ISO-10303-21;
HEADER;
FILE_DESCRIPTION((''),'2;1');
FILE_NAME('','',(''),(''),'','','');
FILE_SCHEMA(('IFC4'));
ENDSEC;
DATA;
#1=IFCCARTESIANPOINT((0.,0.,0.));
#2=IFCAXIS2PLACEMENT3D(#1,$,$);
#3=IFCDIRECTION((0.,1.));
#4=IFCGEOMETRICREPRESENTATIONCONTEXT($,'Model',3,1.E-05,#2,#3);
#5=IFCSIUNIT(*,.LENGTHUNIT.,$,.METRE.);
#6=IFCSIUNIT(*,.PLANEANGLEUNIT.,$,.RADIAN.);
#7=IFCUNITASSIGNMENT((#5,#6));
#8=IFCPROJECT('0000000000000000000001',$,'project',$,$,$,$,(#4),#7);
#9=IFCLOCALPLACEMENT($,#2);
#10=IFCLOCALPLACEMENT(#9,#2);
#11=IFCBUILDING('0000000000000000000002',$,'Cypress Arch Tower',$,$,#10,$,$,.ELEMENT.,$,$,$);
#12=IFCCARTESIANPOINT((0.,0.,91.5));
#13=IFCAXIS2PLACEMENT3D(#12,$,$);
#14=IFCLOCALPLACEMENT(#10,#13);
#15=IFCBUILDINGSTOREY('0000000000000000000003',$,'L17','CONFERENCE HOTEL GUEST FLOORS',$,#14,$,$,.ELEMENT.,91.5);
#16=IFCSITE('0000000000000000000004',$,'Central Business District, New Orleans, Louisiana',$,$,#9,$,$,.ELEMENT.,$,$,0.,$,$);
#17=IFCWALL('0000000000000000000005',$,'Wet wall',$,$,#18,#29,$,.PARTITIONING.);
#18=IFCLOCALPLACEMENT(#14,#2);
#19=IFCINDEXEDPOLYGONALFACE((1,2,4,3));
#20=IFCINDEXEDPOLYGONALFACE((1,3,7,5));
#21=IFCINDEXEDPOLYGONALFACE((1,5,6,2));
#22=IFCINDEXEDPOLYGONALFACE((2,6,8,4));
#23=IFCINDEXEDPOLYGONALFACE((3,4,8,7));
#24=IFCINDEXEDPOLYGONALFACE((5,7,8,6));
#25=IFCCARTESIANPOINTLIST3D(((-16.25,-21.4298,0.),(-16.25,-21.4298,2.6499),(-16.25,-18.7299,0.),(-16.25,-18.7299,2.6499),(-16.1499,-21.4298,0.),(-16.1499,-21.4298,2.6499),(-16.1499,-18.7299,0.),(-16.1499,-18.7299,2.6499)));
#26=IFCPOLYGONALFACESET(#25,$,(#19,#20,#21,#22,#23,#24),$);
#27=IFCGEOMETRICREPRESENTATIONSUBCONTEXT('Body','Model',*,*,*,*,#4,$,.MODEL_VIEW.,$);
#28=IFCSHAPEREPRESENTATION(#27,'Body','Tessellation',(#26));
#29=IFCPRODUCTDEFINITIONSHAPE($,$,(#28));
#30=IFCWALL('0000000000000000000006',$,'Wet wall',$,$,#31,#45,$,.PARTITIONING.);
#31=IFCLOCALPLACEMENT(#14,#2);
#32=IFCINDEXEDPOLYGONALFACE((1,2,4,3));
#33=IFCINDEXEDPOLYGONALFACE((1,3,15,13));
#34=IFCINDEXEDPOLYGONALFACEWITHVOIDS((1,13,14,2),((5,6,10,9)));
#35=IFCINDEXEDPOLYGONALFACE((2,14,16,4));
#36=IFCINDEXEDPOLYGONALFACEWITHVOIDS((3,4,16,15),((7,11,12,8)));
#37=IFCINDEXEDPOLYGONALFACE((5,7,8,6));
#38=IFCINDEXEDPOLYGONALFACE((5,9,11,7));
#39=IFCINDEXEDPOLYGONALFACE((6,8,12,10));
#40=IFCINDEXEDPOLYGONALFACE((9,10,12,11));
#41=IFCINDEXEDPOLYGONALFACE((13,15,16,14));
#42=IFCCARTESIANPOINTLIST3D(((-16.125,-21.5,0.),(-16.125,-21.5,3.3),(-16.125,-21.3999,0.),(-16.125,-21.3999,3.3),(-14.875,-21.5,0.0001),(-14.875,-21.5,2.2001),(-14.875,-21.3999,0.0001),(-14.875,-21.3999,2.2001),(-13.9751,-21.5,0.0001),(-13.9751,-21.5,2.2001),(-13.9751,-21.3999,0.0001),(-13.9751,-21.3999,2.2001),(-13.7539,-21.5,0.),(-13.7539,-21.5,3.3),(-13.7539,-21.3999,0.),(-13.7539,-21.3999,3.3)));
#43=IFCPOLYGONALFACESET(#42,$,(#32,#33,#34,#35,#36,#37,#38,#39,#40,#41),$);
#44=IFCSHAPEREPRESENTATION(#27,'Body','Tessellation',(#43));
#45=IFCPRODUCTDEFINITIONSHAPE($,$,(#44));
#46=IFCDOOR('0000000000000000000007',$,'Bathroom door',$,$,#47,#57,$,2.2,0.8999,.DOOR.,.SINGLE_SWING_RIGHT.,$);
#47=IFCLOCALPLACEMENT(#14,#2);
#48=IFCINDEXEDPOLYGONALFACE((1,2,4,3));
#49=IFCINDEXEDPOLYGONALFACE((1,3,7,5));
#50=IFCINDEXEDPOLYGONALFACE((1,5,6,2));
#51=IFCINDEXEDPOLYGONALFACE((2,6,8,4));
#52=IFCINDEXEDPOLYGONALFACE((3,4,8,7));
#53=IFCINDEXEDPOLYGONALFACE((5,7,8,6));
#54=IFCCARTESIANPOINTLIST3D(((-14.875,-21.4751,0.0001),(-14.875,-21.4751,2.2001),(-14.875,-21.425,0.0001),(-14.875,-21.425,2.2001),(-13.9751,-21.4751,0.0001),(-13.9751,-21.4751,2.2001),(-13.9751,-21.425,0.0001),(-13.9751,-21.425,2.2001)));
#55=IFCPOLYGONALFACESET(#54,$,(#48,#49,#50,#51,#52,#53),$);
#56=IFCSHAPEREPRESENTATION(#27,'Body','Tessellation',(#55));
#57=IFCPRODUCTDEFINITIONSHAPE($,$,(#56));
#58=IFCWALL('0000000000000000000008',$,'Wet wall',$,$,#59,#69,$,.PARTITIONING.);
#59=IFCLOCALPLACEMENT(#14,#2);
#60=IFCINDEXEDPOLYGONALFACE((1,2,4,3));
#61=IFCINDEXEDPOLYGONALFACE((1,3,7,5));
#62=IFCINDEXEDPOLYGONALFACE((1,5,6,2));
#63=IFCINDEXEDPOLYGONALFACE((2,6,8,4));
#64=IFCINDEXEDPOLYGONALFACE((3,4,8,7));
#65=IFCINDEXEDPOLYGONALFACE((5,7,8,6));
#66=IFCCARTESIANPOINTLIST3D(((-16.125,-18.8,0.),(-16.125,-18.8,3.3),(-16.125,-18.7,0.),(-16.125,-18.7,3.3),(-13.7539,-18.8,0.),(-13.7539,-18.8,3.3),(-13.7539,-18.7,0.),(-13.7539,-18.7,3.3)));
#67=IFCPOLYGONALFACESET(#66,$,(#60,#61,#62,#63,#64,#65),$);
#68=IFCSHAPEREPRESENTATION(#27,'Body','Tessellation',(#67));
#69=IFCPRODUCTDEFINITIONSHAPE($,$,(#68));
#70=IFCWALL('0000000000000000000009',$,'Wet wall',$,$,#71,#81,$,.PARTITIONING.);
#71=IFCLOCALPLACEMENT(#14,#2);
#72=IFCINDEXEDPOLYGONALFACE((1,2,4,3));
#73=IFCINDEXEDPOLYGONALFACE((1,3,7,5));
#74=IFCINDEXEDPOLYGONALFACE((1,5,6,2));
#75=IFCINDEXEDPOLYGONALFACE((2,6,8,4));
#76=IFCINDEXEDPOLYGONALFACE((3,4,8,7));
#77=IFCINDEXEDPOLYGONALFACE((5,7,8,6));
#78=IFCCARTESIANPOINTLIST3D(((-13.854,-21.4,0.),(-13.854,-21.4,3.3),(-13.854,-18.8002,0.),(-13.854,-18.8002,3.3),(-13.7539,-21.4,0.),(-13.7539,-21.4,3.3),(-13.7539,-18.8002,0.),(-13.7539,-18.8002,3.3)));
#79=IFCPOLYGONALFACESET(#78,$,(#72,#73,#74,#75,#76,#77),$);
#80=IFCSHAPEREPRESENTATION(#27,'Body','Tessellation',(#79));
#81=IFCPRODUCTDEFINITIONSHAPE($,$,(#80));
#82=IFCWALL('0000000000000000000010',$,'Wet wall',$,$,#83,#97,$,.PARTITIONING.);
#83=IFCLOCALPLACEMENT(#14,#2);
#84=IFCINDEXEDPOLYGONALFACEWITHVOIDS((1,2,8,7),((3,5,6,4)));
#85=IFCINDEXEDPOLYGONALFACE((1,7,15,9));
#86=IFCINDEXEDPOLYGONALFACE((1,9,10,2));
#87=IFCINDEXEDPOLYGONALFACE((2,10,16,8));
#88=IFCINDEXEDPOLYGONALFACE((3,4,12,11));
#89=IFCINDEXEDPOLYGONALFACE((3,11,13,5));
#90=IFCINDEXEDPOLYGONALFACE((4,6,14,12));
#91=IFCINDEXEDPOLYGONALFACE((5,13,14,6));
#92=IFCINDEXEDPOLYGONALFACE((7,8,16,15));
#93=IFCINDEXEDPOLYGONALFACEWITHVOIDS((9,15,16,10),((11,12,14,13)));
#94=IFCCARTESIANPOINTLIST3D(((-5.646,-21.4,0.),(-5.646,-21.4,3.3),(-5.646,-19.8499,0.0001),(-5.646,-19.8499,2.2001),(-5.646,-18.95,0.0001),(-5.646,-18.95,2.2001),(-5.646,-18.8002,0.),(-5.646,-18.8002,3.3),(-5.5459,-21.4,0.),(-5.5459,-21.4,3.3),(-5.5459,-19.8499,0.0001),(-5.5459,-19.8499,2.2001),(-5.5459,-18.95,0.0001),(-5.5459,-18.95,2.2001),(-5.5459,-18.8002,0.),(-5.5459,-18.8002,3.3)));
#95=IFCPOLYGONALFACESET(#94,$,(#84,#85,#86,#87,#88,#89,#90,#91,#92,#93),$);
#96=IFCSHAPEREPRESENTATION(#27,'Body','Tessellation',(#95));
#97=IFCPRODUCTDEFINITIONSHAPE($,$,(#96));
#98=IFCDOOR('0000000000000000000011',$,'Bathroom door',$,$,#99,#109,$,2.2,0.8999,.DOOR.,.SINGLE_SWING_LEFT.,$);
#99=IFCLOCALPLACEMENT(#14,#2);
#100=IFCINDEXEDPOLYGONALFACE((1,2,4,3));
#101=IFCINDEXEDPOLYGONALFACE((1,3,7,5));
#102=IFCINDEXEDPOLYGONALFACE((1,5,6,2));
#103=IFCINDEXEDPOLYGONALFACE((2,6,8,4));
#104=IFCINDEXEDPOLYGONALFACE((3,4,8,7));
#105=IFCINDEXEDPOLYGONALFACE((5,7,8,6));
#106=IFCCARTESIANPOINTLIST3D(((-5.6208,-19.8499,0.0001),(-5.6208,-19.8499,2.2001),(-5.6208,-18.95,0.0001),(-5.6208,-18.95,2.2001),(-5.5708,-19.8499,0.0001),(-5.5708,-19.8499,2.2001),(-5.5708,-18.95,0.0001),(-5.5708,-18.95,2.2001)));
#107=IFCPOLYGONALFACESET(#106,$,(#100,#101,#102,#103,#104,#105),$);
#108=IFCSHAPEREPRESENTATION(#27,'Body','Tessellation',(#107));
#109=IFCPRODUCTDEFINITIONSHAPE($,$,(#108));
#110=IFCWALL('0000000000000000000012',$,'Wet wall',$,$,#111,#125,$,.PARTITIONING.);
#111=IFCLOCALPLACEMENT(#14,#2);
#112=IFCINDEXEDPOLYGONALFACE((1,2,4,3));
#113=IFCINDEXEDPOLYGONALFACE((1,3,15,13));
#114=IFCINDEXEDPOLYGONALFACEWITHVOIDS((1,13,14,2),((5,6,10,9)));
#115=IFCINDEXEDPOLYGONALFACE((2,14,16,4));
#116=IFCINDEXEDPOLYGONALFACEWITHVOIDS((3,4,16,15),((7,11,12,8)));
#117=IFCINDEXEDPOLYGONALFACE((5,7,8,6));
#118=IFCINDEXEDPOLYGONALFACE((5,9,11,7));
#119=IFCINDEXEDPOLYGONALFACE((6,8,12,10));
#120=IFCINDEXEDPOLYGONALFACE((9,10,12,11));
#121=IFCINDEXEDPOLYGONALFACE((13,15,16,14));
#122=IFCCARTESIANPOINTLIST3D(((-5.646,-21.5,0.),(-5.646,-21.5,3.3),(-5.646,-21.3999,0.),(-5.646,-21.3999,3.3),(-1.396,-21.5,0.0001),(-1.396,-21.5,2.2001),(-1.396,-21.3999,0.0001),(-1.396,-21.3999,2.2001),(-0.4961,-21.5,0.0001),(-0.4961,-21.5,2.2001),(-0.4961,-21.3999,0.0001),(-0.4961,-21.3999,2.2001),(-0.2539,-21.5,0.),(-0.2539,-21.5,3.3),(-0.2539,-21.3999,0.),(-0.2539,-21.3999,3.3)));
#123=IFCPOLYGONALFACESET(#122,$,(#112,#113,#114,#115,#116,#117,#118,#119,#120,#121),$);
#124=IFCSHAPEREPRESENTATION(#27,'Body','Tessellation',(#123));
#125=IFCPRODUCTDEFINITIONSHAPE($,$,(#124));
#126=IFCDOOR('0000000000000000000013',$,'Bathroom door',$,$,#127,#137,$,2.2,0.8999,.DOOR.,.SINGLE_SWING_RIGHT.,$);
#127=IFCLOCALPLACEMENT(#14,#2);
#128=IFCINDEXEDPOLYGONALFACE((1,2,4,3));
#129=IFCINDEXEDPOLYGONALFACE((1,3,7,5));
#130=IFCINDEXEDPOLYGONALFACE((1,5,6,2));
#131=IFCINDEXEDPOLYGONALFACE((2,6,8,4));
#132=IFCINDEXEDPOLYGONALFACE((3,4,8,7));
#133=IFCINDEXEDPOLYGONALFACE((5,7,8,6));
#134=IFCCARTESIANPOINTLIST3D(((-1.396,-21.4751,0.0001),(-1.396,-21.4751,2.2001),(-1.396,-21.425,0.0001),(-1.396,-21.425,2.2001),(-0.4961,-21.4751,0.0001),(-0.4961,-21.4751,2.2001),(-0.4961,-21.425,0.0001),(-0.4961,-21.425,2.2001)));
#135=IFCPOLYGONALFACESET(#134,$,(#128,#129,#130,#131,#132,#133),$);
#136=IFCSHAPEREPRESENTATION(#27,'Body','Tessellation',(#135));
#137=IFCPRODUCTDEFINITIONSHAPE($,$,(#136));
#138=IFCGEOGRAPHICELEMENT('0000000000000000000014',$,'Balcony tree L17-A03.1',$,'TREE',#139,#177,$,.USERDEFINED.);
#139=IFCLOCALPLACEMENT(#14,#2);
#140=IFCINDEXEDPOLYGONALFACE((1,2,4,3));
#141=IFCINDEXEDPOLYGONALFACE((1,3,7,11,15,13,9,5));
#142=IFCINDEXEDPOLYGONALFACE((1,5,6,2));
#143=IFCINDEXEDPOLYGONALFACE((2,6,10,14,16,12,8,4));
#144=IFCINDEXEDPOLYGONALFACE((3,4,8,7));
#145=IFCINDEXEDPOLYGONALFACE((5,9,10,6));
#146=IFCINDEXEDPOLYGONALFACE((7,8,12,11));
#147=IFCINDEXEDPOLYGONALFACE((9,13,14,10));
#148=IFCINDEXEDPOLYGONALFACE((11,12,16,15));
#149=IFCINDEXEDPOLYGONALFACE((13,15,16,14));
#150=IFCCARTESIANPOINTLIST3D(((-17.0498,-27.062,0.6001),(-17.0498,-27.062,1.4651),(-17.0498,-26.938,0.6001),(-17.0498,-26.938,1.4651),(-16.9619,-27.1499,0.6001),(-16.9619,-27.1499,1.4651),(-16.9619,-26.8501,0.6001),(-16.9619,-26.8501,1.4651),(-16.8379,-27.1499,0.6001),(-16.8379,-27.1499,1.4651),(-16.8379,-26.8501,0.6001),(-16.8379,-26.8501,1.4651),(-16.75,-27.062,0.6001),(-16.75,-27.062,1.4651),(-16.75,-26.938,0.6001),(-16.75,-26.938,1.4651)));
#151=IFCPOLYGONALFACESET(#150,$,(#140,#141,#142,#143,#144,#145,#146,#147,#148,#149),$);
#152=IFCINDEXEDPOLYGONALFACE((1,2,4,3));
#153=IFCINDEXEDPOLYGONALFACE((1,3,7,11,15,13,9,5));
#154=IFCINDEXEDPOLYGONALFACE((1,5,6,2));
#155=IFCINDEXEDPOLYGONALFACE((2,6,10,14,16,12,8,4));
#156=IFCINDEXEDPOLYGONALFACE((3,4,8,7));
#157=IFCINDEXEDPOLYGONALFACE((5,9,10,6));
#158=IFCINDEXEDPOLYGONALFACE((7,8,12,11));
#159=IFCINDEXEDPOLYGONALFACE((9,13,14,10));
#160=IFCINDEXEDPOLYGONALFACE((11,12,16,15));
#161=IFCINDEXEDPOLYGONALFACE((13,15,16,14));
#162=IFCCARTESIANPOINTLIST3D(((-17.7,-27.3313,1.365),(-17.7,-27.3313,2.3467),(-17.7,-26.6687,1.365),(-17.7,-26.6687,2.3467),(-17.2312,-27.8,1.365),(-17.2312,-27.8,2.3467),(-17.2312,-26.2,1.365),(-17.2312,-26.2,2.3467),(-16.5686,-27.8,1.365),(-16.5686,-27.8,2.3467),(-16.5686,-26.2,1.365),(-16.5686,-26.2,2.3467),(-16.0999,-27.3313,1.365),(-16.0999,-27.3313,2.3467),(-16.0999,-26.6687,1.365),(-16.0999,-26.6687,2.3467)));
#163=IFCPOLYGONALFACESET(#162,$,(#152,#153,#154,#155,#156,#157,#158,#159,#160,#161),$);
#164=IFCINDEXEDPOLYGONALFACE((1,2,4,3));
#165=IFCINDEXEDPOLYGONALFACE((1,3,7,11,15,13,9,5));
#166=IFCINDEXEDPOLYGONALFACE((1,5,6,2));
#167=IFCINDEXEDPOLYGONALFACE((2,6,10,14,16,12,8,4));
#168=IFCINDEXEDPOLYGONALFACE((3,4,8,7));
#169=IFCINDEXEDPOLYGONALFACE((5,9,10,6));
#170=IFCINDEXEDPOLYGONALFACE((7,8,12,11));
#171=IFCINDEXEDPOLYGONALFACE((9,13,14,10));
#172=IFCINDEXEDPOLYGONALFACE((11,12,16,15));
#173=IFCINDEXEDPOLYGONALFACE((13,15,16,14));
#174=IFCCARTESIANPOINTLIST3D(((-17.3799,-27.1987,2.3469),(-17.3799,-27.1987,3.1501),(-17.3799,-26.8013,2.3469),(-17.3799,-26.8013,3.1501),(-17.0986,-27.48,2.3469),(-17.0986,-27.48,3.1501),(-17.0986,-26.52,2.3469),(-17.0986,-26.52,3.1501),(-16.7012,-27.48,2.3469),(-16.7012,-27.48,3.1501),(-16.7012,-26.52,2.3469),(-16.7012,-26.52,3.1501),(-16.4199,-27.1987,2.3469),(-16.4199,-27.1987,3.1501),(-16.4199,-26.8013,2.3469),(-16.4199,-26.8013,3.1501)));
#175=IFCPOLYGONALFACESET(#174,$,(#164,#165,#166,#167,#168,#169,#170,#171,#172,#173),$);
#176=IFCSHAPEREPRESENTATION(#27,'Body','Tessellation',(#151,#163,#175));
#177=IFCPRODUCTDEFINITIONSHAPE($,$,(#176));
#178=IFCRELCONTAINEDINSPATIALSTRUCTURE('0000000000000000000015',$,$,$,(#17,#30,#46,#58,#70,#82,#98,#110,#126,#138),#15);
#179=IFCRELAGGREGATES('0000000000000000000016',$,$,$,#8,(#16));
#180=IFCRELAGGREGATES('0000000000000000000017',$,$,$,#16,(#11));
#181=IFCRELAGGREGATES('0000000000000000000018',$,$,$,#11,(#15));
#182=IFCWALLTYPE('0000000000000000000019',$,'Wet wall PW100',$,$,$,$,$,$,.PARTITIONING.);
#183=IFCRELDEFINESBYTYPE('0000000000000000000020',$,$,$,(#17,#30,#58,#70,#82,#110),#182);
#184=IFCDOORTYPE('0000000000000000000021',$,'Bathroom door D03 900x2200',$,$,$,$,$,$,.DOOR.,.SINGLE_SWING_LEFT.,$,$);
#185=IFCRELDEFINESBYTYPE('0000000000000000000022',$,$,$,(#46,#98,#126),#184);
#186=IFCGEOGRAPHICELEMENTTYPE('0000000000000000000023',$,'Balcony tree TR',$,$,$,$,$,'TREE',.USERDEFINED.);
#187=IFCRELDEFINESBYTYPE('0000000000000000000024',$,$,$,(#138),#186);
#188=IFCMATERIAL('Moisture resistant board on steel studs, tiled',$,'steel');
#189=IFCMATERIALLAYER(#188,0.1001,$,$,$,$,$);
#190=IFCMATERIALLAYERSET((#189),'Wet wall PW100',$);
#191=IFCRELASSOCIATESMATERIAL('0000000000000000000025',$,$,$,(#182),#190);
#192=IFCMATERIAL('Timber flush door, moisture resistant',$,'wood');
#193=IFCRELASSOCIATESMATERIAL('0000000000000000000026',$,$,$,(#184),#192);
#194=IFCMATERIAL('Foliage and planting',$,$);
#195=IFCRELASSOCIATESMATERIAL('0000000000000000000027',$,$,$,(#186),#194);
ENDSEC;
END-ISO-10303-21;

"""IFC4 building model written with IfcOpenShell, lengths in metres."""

from ifc_helpers import new_model, si_unit, direction, frame, frame_2d, origin, place, context, subcontext, project, spatial, polyline, rectangle, outline, extrude, material, layer, layer_set, type_object, element, fill, save


model = new_model("IFC4")

# Units and contexts
model_context = context("Model", 3, precision=1e-05, world=origin(), true_north=direction((0.0, 1.0)))
body_context = subcontext(model_context, "Body", "Model", "MODEL_VIEW")
ifc_project = project(units=[si_unit("LENGTHUNIT", "METRE"), si_unit("PLANEANGLEUNIT", "RADIAN")], contexts=[model_context])

# Site, building, storey
site_placement = place(None, origin())
site = spatial("IfcSite", under=ifc_project, at=site_placement, Name="Central Business District, New Orleans, Louisiana", CompositionType="ELEMENT", RefElevation=0.0)
building_placement = place(site_placement, origin())
building = spatial("IfcBuilding", under=site, at=building_placement, Name="Cypress Arch Tower", CompositionType="ELEMENT")
storey_placement = place(building_placement, frame((0.0, 0.0, 91.5)))
storey = spatial("IfcBuildingStorey", under=building, at=storey_placement, Name="L17", Description="CONFERENCE HOTEL GUEST FLOORS", CompositionType="ELEMENT", Elevation=91.5)

# Wall
ifc_material_1 = material(Name="Moisture resistant board on steel studs, tiled", Category="steel")
ifc_layer_1 = layer(ifc_material_1, 0.1001)
ifc_layer_set_1 = layer_set([ifc_layer_1], Name="Wet wall PW100")
wall_type_1 = type_object("IfcWallType", Name="Wet wall PW100", PredefinedType="PARTITIONING", material=ifc_layer_set_1)
wall_1_placement = place(storey_placement, frame((-16.2, -21.4299, 0.0), z_axis=(0.0, 0.0, 1.0), x_axis=(0.0, 1.0, 0.0)))
element("IfcWall", 1, at=wall_1_placement, inside=storey, type_object=wall_type_1, Name="Wet wall", PredefinedType="PARTITIONING", context=body_context, shape_type="SweptSolid", body=[
    extrude(rectangle(XDim=2.7, YDim=0.1001, at=frame_2d((1.3501, 0.0))), origin(), (0.0, 0.0, 1.0), 2.6499),
])

# Wall, opening, door
wall_2_placement = place(storey_placement, frame((-16.125, -21.45, 0.0), z_axis=(0.0, 0.0, 1.0), x_axis=(1.0, 0.0, 0.0)))
wall_2 = element("IfcWall", 2, at=wall_2_placement, inside=storey, type_object=wall_type_1, Name="Wet wall", PredefinedType="PARTITIONING", context=body_context, shape_type="SweptSolid", body=[
    extrude(rectangle(XDim=2.3711, YDim=0.1001, at=frame_2d((1.1855, 0.0))), origin(), (0.0, 0.0, 1.0), 3.3),
])
opening_1_placement = place(wall_2_placement, frame((1.25, 0.0, 0.0)))
opening_1 = element("IfcOpeningElement", 3, at=opening_1_placement, cuts=wall_2, PredefinedType="OPENING", context=body_context, shape_type="SweptSolid", body=[
    extrude(rectangle(XDim=0.8999, YDim=2.2, at=frame_2d((0.45, 1.1001))), frame((0.0, 0.0601, 0.0), z_axis=(0.0, -1.0, 0.0), x_axis=(1.0, 0.0, 0.0)), (0.0, 0.0, 1.0), 0.1201),
])
ifc_material_2 = material(Name="Timber flush door, moisture resistant", Category="wood")
door_type_1 = type_object("IfcDoorType", Name="Bathroom door D03 900x2200", OperationType="SINGLE_SWING_LEFT", PredefinedType="DOOR", material=ifc_material_2)
door_1_placement = place(opening_1_placement, origin())
door_1 = element("IfcDoor", 4, at=door_1_placement, inside=storey, type_object=door_type_1, Name="Bathroom door", OperationType="SINGLE_SWING_RIGHT", OverallHeight=2.2, OverallWidth=0.8999, PredefinedType="DOOR", context=body_context, shape_type="SweptSolid", body=[
    extrude(rectangle(XDim=0.8999, YDim=2.2, at=frame_2d((0.45, 1.1001))), frame((0.0, 0.0249, 0.0), z_axis=(0.0, -1.0, 0.0), x_axis=(1.0, 0.0, 0.0)), (0.0, 0.0, 1.0), 0.05),
])
fill(opening_1, door_1)

# Walls
wall_3_placement = place(storey_placement, frame((-16.125, -18.75, 0.0), z_axis=(0.0, 0.0, 1.0), x_axis=(1.0, 0.0, 0.0)))
element("IfcWall", 5, at=wall_3_placement, inside=storey, type_object=wall_type_1, Name="Wet wall", PredefinedType="PARTITIONING", context=body_context, shape_type="SweptSolid", body=[
    extrude(rectangle(XDim=2.3711, YDim=0.1001, at=frame_2d((1.1855, 0.0))), origin(), (0.0, 0.0, 1.0), 3.3),
])
wall_4_placement = place(storey_placement, frame((-13.804, -21.3999, 0.0), z_axis=(0.0, 0.0, 1.0), x_axis=(0.0, 1.0, 0.0)))
element("IfcWall", 6, at=wall_4_placement, inside=storey, type_object=wall_type_1, Name="Wet wall", PredefinedType="PARTITIONING", context=body_context, shape_type="SweptSolid", body=[
    extrude(rectangle(XDim=2.5999, YDim=0.1001, at=frame_2d((1.2998, 0.0))), origin(), (0.0, 0.0, 1.0), 3.3),
])

# Walls, openings, doors
wall_5_placement = place(storey_placement, frame((-5.5959, -21.3999, 0.0), z_axis=(0.0, 0.0, 1.0), x_axis=(0.0, 1.0, 0.0)))
wall_5 = element("IfcWall", 7, at=wall_5_placement, inside=storey, type_object=wall_type_1, Name="Wet wall", PredefinedType="PARTITIONING", context=body_context, shape_type="SweptSolid", body=[
    extrude(rectangle(XDim=2.5999, YDim=0.1001, at=frame_2d((1.2998, 0.0))), origin(), (0.0, 0.0, 1.0), 3.3),
])
opening_2_placement = place(wall_5_placement, frame((1.55, 0.0, 0.0)))
opening_2 = element("IfcOpeningElement", 8, at=opening_2_placement, cuts=wall_5, PredefinedType="OPENING", context=body_context, shape_type="SweptSolid", body=[
    extrude(rectangle(XDim=0.8999, YDim=2.2, at=frame_2d((0.45, 1.1001))), frame((0.0, 0.0601, 0.0), z_axis=(0.0, -1.0, 0.0), x_axis=(1.0, 0.0, 0.0)), (0.0, 0.0, 1.0), 0.1201),
])
door_2_placement = place(opening_2_placement, origin())
door_2 = element("IfcDoor", 9, at=door_2_placement, inside=storey, type_object=door_type_1, Name="Bathroom door", OperationType="SINGLE_SWING_LEFT", OverallHeight=2.2, OverallWidth=0.8999, PredefinedType="DOOR", context=body_context, shape_type="SweptSolid", body=[
    extrude(rectangle(XDim=0.8999, YDim=2.2, at=frame_2d((0.45, 1.1001))), frame((0.0, 0.0249, 0.0), z_axis=(0.0, -1.0, 0.0), x_axis=(1.0, 0.0, 0.0)), (0.0, 0.0, 1.0), 0.05),
])
fill(opening_2, door_2)
wall_6_placement = place(storey_placement, frame((-5.646, -21.45, 0.0), z_axis=(0.0, 0.0, 1.0), x_axis=(1.0, 0.0, 0.0)))
wall_6 = element("IfcWall", 10, at=wall_6_placement, inside=storey, type_object=wall_type_1, Name="Wet wall", PredefinedType="PARTITIONING", context=body_context, shape_type="SweptSolid", body=[
    extrude(rectangle(XDim=5.3921, YDim=0.1001, at=frame_2d((2.696, 0.0))), origin(), (0.0, 0.0, 1.0), 3.3),
])
opening_3_placement = place(wall_6_placement, frame((4.25, 0.0, 0.0)))
opening_3 = element("IfcOpeningElement", 11, at=opening_3_placement, cuts=wall_6, PredefinedType="OPENING", context=body_context, shape_type="SweptSolid", body=[
    extrude(rectangle(XDim=0.8999, YDim=2.2, at=frame_2d((0.45, 1.1001))), frame((0.0, 0.0601, 0.0), z_axis=(0.0, -1.0, 0.0), x_axis=(1.0, 0.0, 0.0)), (0.0, 0.0, 1.0), 0.1201),
])
door_3_placement = place(opening_3_placement, origin())
door_3 = element("IfcDoor", 12, at=door_3_placement, inside=storey, type_object=door_type_1, Name="Bathroom door", OperationType="SINGLE_SWING_RIGHT", OverallHeight=2.2, OverallWidth=0.8999, PredefinedType="DOOR", context=body_context, shape_type="SweptSolid", body=[
    extrude(rectangle(XDim=0.8999, YDim=2.2, at=frame_2d((0.45, 1.1001))), frame((0.0, 0.0249, 0.0), z_axis=(0.0, -1.0, 0.0), x_axis=(1.0, 0.0, 0.0)), (0.0, 0.0, 1.0), 0.05),
])
fill(opening_3, door_3)

# Geographic element
ifc_material_3 = material(Name="Foliage and planting")
geographic_element_type = type_object("IfcGeographicElementType", Name="Balcony tree TR", ElementType="TREE", PredefinedType="USERDEFINED", material=ifc_material_3)
for number, where, z_axis, x_axis, name in (
    (13, (-16.8999, -27.0, 0.6001), (0.0, 0.0, 1.0), (1.0, 0.0, 0.0), "Balcony tree L17-A03.1"),
):
    element("IfcGeographicElement", number, at=place(storey_placement, frame(where, z_axis=z_axis, x_axis=x_axis)), inside=storey, type_object=geographic_element_type, Name=name, ObjectType="TREE", PredefinedType="USERDEFINED", context=body_context, shape_type="SweptSolid", body=[
        extrude(outline(polyline([(0.1499, 0.062), (0.062, 0.1499), (-0.062, 0.1499), (-0.1499, 0.062), (-0.1499, -0.062), (-0.062, -0.1499), (0.062, -0.1499), (0.1499, -0.062), (0.1499, 0.062)])), origin(), (0.0, 0.0, 1.0), 0.865),
        extrude(outline(polyline([(0.8, 0.3313), (0.3313, 0.8), (-0.3313, 0.8), (-0.8, 0.3313), (-0.8, -0.3313), (-0.3313, -0.8), (0.3313, -0.8), (0.8, -0.3313), (0.8, 0.3313)])), frame((0.0, 0.0, 0.7649)), (0.0, 0.0, 1.0), 0.9817),
        extrude(outline(polyline([(0.48, 0.1987), (0.1987, 0.48), (-0.1987, 0.48), (-0.48, 0.1987), (-0.48, -0.1987), (-0.1987, -0.48), (0.1987, -0.48), (0.48, -0.1987), (0.48, 0.1987)])), frame((0.0, 0.0, 1.7468)), (0.0, 0.0, 1.0), 0.8032),
    ])

save(model, "model.ifc")
